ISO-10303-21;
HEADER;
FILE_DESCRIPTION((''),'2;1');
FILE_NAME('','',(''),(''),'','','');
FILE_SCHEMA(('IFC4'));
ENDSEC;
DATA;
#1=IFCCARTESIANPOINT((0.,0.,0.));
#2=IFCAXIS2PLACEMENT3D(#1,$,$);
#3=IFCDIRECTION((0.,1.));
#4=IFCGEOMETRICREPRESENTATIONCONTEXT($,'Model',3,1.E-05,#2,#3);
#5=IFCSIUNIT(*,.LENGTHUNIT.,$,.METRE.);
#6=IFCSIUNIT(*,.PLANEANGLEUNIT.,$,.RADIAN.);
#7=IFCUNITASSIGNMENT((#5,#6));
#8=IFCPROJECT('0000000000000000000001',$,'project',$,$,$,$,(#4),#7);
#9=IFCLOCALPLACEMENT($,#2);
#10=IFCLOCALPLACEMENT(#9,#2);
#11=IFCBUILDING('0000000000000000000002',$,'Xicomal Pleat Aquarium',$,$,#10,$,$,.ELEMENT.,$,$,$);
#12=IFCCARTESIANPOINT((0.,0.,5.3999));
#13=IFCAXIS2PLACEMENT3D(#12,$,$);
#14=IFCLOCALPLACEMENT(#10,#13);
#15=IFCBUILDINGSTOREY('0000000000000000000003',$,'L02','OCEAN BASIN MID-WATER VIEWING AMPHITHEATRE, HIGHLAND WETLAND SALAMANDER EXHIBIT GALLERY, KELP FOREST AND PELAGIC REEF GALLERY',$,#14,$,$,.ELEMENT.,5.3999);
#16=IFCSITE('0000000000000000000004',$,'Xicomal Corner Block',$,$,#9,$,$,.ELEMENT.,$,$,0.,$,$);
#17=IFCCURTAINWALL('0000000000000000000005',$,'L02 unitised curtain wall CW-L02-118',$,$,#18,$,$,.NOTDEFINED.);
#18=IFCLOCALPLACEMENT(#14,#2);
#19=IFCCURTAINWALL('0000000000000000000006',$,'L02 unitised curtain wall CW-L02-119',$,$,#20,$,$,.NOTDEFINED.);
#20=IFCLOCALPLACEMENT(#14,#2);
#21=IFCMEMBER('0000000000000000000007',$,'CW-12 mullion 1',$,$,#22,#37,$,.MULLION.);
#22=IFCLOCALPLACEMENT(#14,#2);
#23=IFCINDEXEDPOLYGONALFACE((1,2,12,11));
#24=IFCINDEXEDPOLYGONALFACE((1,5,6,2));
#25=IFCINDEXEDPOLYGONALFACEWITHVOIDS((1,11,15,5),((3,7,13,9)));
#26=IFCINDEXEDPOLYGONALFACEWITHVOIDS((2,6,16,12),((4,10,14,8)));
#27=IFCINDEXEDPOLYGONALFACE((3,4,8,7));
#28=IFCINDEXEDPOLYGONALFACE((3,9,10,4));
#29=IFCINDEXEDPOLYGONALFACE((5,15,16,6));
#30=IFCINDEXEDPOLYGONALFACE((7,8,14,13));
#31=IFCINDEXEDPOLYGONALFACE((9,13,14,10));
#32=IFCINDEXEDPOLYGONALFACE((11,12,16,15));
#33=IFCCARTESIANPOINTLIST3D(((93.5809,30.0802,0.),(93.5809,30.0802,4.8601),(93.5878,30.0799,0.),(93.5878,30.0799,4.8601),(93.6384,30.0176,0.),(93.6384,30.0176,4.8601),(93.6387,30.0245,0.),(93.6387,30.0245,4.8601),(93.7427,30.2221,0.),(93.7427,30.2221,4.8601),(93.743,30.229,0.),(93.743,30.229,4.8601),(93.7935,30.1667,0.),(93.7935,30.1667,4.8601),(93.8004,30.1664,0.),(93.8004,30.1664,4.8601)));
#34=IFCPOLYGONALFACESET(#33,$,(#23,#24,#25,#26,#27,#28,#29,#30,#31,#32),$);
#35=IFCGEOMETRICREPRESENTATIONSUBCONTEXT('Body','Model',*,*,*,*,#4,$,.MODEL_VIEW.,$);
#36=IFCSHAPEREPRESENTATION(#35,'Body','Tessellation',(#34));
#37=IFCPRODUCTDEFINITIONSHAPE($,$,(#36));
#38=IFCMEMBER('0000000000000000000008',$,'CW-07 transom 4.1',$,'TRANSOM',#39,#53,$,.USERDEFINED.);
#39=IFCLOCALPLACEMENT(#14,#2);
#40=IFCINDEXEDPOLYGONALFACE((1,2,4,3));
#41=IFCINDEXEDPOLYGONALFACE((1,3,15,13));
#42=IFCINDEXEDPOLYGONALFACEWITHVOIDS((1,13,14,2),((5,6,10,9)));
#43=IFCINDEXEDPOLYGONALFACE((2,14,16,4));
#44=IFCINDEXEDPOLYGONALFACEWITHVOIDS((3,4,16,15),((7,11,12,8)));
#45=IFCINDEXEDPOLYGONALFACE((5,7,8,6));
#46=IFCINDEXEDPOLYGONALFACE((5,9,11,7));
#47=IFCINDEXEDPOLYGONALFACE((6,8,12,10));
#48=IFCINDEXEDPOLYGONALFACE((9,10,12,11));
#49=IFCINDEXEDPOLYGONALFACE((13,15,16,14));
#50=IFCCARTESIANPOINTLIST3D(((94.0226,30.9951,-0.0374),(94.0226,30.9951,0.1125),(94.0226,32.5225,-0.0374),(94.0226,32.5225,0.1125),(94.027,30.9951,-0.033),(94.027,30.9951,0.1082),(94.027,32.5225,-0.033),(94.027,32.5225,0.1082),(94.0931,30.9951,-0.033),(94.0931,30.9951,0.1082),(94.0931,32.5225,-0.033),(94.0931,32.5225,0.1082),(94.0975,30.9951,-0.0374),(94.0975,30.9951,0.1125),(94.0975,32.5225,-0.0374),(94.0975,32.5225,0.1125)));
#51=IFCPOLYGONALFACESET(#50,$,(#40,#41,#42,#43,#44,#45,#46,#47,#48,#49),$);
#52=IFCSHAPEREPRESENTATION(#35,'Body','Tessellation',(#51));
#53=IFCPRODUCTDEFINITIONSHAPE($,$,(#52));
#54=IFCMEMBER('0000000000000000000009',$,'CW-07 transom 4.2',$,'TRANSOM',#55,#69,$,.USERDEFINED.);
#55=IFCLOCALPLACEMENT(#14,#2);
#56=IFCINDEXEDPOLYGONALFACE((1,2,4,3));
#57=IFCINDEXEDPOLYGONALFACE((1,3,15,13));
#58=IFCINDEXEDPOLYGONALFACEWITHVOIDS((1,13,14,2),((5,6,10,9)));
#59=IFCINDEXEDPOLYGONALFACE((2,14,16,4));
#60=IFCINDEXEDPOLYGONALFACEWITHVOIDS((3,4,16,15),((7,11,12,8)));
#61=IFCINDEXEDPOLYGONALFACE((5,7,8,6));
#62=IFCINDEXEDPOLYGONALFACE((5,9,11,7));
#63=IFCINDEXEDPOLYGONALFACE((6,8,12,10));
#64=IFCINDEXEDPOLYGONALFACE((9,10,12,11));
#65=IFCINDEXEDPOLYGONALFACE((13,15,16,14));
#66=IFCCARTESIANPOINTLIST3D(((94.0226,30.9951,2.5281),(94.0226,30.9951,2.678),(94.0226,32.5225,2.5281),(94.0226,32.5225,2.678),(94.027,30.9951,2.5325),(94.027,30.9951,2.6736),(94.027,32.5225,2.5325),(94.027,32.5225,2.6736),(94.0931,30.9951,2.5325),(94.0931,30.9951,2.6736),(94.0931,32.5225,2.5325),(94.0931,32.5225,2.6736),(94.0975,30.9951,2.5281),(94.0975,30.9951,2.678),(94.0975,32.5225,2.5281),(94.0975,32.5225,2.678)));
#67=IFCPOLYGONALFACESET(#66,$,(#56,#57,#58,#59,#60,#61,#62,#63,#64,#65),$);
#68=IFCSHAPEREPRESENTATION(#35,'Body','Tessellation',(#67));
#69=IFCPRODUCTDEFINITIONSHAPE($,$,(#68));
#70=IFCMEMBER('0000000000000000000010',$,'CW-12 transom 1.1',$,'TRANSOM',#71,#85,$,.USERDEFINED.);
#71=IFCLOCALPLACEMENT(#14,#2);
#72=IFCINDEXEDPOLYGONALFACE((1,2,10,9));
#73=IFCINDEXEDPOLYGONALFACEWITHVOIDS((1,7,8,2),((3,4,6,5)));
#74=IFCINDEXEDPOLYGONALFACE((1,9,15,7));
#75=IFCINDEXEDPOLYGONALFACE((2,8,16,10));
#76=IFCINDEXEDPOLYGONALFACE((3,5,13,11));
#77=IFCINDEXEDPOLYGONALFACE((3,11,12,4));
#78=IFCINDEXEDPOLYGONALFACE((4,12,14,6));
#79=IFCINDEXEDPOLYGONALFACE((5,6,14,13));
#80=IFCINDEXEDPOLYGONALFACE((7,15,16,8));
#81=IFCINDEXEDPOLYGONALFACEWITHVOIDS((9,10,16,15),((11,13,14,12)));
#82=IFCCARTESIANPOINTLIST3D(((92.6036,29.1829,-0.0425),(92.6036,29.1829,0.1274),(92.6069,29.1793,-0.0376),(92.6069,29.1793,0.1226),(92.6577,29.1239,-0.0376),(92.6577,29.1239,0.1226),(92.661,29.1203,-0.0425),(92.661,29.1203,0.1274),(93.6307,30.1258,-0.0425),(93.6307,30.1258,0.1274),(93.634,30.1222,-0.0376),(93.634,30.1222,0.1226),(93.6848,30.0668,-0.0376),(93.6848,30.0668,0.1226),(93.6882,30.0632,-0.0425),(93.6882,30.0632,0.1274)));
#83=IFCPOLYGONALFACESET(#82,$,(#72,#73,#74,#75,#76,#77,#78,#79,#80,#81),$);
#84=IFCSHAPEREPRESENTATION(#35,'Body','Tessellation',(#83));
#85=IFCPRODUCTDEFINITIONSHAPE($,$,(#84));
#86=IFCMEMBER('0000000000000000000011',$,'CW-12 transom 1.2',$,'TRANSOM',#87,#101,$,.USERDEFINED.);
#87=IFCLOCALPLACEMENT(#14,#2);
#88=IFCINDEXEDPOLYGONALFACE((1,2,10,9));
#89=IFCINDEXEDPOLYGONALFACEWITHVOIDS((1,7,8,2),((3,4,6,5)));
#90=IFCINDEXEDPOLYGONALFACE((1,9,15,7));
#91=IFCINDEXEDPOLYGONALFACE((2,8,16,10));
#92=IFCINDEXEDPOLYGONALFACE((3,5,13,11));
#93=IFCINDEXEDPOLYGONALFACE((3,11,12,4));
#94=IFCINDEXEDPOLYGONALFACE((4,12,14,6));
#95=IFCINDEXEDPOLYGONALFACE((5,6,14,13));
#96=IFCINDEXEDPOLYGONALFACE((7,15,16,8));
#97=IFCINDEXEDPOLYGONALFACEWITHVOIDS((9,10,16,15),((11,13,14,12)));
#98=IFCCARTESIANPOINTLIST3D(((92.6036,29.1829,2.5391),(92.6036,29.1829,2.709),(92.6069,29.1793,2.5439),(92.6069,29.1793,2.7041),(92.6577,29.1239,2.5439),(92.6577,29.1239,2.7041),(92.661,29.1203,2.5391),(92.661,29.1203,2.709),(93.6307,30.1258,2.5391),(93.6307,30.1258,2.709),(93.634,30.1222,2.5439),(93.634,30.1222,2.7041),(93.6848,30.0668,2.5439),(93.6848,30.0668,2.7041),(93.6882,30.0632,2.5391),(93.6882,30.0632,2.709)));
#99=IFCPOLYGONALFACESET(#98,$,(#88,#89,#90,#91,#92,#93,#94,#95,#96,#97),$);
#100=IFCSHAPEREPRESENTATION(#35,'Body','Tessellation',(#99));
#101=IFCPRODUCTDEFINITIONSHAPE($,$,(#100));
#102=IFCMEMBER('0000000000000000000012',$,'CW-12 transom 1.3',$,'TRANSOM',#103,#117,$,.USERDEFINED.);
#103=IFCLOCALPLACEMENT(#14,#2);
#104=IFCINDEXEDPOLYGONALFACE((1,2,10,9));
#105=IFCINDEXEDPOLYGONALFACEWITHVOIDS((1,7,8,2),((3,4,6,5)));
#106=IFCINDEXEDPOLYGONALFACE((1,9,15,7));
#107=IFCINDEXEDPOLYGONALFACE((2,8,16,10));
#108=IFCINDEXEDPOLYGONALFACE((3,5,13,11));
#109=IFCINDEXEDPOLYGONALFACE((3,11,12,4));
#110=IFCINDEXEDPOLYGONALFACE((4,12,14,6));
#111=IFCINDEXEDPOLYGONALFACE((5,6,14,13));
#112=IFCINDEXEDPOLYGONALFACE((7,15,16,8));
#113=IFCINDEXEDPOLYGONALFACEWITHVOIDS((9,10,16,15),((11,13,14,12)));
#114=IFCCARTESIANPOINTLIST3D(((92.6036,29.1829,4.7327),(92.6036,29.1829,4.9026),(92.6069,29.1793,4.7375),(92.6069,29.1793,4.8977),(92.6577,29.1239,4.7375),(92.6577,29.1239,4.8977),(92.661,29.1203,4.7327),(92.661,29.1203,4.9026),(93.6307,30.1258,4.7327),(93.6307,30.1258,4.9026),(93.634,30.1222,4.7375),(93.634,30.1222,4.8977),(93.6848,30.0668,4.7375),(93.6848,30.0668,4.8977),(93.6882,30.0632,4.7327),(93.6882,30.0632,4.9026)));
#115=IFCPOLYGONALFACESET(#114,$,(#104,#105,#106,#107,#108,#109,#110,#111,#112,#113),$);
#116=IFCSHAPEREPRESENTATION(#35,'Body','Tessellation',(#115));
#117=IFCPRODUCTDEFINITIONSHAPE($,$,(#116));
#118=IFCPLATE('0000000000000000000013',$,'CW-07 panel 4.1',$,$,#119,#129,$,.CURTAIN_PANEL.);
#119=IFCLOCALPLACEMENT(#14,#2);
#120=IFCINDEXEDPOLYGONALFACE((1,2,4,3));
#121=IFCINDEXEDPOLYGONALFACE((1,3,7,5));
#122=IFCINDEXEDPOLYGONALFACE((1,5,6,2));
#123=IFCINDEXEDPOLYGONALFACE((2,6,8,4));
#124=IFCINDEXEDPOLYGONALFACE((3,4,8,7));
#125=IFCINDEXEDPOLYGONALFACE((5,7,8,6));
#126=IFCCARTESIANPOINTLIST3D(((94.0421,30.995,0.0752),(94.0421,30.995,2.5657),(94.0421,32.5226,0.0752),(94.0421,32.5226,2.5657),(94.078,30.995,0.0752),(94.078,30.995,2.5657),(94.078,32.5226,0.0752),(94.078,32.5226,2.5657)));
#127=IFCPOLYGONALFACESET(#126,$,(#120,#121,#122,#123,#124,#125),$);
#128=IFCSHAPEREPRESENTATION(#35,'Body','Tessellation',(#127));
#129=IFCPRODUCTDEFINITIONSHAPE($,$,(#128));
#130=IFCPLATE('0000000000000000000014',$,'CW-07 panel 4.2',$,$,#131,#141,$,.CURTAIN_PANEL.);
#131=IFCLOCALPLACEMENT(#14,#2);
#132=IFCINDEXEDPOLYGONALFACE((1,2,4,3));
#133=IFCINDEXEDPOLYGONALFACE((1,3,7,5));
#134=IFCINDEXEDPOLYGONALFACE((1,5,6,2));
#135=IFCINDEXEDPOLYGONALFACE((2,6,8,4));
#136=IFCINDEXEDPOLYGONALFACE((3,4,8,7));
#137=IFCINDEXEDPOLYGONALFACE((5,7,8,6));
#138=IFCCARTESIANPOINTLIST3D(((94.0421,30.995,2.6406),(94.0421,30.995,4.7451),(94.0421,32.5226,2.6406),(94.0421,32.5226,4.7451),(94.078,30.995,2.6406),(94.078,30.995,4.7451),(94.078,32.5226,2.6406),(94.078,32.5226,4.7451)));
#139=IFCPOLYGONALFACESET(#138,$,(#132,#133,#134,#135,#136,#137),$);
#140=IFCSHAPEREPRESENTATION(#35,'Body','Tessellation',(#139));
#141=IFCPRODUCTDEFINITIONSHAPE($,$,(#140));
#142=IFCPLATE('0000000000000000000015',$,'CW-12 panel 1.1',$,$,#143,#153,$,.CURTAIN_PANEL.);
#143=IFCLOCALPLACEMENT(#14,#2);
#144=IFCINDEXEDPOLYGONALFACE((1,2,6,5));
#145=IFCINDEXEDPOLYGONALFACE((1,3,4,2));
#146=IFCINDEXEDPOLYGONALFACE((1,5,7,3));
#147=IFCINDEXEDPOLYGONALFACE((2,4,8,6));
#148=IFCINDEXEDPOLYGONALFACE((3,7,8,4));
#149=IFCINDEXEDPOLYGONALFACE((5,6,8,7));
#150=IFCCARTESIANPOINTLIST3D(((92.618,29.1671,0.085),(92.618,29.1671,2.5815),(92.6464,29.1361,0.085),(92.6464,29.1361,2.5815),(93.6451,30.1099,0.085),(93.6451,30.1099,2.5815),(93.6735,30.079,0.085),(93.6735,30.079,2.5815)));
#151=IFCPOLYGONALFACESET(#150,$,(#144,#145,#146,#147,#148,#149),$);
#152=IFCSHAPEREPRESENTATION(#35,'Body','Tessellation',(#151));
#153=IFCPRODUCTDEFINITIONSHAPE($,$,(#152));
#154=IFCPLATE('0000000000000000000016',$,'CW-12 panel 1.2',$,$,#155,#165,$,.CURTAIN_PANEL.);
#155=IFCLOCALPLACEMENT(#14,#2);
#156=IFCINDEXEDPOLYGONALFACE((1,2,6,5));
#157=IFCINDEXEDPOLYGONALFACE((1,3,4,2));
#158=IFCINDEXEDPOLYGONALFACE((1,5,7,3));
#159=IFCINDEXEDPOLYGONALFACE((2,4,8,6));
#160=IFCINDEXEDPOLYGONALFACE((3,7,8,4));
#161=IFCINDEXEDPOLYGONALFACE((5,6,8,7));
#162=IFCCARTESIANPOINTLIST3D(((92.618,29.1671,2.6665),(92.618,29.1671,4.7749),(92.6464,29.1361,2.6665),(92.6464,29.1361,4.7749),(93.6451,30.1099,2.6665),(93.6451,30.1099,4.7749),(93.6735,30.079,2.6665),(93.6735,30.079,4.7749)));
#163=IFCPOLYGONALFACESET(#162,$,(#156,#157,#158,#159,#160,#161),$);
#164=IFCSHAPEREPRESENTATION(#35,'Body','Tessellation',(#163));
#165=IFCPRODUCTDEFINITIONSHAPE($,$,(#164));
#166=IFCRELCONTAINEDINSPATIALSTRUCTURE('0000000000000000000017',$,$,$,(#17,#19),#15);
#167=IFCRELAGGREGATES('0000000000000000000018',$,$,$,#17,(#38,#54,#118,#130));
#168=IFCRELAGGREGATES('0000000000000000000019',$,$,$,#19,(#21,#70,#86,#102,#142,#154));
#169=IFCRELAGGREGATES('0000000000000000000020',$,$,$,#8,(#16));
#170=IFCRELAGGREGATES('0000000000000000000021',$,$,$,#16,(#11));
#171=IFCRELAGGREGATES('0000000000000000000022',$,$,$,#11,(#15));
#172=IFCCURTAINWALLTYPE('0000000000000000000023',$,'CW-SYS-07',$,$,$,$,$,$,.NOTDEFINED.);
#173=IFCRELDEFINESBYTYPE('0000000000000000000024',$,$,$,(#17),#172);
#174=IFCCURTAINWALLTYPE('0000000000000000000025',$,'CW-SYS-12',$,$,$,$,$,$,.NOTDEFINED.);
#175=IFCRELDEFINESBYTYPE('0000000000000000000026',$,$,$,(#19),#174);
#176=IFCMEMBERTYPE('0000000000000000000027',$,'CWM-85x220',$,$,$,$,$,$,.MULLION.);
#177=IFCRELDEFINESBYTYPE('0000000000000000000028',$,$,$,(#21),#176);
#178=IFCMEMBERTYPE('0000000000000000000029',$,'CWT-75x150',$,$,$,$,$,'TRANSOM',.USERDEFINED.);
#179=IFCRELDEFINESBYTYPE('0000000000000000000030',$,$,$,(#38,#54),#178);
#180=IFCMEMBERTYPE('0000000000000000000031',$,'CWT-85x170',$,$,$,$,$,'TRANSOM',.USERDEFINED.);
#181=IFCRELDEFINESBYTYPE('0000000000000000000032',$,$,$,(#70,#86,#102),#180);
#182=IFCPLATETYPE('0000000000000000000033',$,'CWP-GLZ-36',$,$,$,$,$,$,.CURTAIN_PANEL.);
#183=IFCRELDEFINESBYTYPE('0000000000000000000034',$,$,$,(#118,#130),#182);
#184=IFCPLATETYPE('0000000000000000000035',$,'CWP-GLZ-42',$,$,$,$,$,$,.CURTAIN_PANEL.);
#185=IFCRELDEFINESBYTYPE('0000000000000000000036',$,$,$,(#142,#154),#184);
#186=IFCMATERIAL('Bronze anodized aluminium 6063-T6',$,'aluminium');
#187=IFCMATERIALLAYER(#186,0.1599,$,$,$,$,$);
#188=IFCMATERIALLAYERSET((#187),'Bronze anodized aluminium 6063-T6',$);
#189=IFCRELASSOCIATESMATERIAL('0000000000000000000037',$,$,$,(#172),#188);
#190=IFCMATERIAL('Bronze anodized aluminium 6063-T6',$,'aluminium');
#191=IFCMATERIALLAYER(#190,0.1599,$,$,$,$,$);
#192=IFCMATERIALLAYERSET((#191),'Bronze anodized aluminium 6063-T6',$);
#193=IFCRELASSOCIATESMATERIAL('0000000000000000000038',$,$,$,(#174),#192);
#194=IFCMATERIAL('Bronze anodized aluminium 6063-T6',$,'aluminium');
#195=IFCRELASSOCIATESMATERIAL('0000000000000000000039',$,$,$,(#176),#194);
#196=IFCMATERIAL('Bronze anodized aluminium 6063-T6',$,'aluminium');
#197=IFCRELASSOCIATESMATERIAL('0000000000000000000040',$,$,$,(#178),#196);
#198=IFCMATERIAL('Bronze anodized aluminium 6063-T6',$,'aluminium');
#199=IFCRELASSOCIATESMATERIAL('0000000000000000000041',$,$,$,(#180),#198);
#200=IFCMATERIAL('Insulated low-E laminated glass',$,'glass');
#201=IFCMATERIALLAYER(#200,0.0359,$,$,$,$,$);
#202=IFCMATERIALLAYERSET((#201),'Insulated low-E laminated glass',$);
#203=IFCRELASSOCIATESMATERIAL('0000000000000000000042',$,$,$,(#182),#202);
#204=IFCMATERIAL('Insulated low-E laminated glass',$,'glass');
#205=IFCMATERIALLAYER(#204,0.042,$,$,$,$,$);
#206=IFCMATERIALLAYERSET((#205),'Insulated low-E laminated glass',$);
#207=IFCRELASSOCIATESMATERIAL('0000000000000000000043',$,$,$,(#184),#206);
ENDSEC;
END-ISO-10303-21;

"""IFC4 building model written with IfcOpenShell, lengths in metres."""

from ifc_helpers import new_model, si_unit, direction, frame, origin, origin_2d, place, context, subcontext, project, spatial, rectangle, hollow_rectangle, extrude, material, layer, layer_set, material_profile, profile_set, type_object, element, aggregate, save


model = new_model("IFC4")

# Units and contexts
model_context = context("Model", 3, precision=1e-05, world=origin(), true_north=direction((0.0, 1.0)))
body_context = subcontext(model_context, "Body", "Model", "MODEL_VIEW")
ifc_project = project(units=[si_unit("LENGTHUNIT", "METRE"), si_unit("PLANEANGLEUNIT", "RADIAN")], contexts=[model_context])

# Site, building, storey
site_placement = place(None, origin())
site = spatial("IfcSite", under=ifc_project, at=site_placement, Name="Xicomal Corner Block", CompositionType="ELEMENT", RefElevation=0.0)
building_placement = place(site_placement, origin())
building = spatial("IfcBuilding", under=site, at=building_placement, Name="Xicomal Pleat Aquarium", CompositionType="ELEMENT")
storey_placement = place(building_placement, frame((0.0, 0.0, 5.3999)))
storey = spatial("IfcBuildingStorey", under=building, at=storey_placement, Name="L02", Description="OCEAN BASIN MID-WATER VIEWING AMPHITHEATRE, HIGHLAND WETLAND SALAMANDER EXHIBIT GALLERY, KELP FOREST AND PELAGIC REEF GALLERY", CompositionType="ELEMENT", Elevation=5.3999)

# Curtain walls, member
ifc_material_1 = material(Name="Bronze anodized aluminium 6063-T6", Category="aluminium")
ifc_layer_1 = layer(ifc_material_1, 0.1599)
ifc_layer_set_1 = layer_set([ifc_layer_1], Name="Bronze anodized aluminium 6063-T6")
curtain_wall_type_1 = type_object("IfcCurtainWallType", Name="CW-SYS-07", PredefinedType="NOTDEFINED", material=ifc_layer_set_1)
curtain_wall_1_placement = place(storey_placement, origin())
curtain_wall_1 = element("IfcCurtainWall", 1, at=curtain_wall_1_placement, inside=storey, type_object=curtain_wall_type_1, Name="L02 unitised curtain wall CW-L02-118", PredefinedType="NOTDEFINED")
ifc_material_2 = material(Name="Bronze anodized aluminium 6063-T6", Category="aluminium")
ifc_layer_2 = layer(ifc_material_2, 0.1599)
ifc_layer_set_2 = layer_set([ifc_layer_2], Name="Bronze anodized aluminium 6063-T6")
curtain_wall_type_2 = type_object("IfcCurtainWallType", Name="CW-SYS-12", PredefinedType="NOTDEFINED", material=ifc_layer_set_2)
curtain_wall_2_placement = place(storey_placement, origin())
curtain_wall_2 = element("IfcCurtainWall", 2, at=curtain_wall_2_placement, inside=storey, type_object=curtain_wall_type_2, Name="L02 unitised curtain wall CW-L02-119", PredefinedType="NOTDEFINED")
ifc_material_3 = material(Name="Bronze anodized aluminium 6063-T6", Category="aluminium")
ifc_material_profile_1 = material_profile(ifc_material_3, hollow_rectangle(XDim=0.085, YDim=0.22, WallThickness=0.0049, at=origin_2d()), Name="ALU MULL 85x220")
ifc_profile_set_1 = profile_set([ifc_material_profile_1], Name="Bronze anodized aluminium 6063-T6")
member_type_1 = type_object("IfcMemberType", Name="CWM-85x220", PredefinedType="MULLION", material=ifc_profile_set_1)
member_1_placement = place(storey_placement, frame((93.6907, 30.1233, 0.0), z_axis=(0.0, 0.0, 1.0), x_axis=(0.67623, -0.73669, 0.0)))
member_1 = element("IfcMember", 3, at=member_1_placement, type_object=member_type_1, Name="CW-12 mullion 1", PredefinedType="MULLION", context=body_context, shape_type="SweptSolid", body=[
    extrude(hollow_rectangle(XDim=0.085, YDim=0.22, WallThickness=0.0049, at=origin_2d()), origin(), (0.0, 0.0, 1.0), 4.8601),
])

# Members
ifc_material_4 = material(Name="Bronze anodized aluminium 6063-T6", Category="aluminium")
ifc_material_profile_2 = material_profile(ifc_material_4, hollow_rectangle(XDim=0.075, YDim=0.1499, WallThickness=0.0044, at=origin_2d()), Name="ALU TRAN 75x150")
ifc_profile_set_2 = profile_set([ifc_material_profile_2], Name="Bronze anodized aluminium 6063-T6")
member_type_2 = type_object("IfcMemberType", Name="CWT-75x150", ElementType="TRANSOM", PredefinedType="USERDEFINED", material=ifc_profile_set_2)
member_2_placement = place(storey_placement, frame((94.0601, 32.5225, 0.0376), z_axis=(0.0, -1.0, 0.0), x_axis=(1.0, 0.0, 0.0)))
member_2 = element("IfcMember", 4, at=member_2_placement, type_object=member_type_2, Name="CW-07 transom 4.1", ObjectType="TRANSOM", PredefinedType="USERDEFINED", context=body_context, shape_type="SweptSolid", body=[
    extrude(hollow_rectangle(XDim=0.075, YDim=0.1499, WallThickness=0.0044, at=origin_2d()), origin(), (0.0, 0.0, 1.0), 1.5273),
])
member_3_placement = place(storey_placement, frame((94.0601, 32.5225, 2.603), z_axis=(0.0, -1.0, 0.0), x_axis=(1.0, 0.0, 0.0)))
member_3 = element("IfcMember", 5, at=member_3_placement, type_object=member_type_2, Name="CW-07 transom 4.2", ObjectType="TRANSOM", PredefinedType="USERDEFINED", context=body_context, shape_type="SweptSolid", body=[
    extrude(hollow_rectangle(XDim=0.075, YDim=0.1499, WallThickness=0.0044, at=origin_2d()), origin(), (0.0, 0.0, 1.0), 1.5273),
])
ifc_material_5 = material(Name="Bronze anodized aluminium 6063-T6", Category="aluminium")
ifc_material_profile_3 = material_profile(ifc_material_5, hollow_rectangle(XDim=0.085, YDim=0.1699, WallThickness=0.0049, at=origin_2d()), Name="ALU TRAN 85x170")
ifc_profile_set_3 = profile_set([ifc_material_profile_3], Name="Bronze anodized aluminium 6063-T6")
member_type_3 = type_object("IfcMemberType", Name="CWT-85x170", ElementType="TRANSOM", PredefinedType="USERDEFINED", material=ifc_profile_set_3)
member_4_placement = place(storey_placement, frame((93.6594, 30.0945, 0.0425), z_axis=(-0.736667, -0.676256, 0.0), x_axis=(0.676256, -0.736667, 0.0)))
member_4 = element("IfcMember", 6, at=member_4_placement, type_object=member_type_3, Name="CW-12 transom 1.1", ObjectType="TRANSOM", PredefinedType="USERDEFINED", context=body_context, shape_type="SweptSolid", body=[
    extrude(hollow_rectangle(XDim=0.085, YDim=0.1699, WallThickness=0.0049, at=origin_2d()), origin(), (0.0, 0.0, 1.0), 1.3943),
])
member_5_placement = place(storey_placement, frame((93.6594, 30.0945, 2.624), z_axis=(-0.736667, -0.676256, 0.0), x_axis=(0.676256, -0.736667, 0.0)))
member_5 = element("IfcMember", 7, at=member_5_placement, type_object=member_type_3, Name="CW-12 transom 1.2", ObjectType="TRANSOM", PredefinedType="USERDEFINED", context=body_context, shape_type="SweptSolid", body=[
    extrude(hollow_rectangle(XDim=0.085, YDim=0.1699, WallThickness=0.0049, at=origin_2d()), origin(), (0.0, 0.0, 1.0), 1.3943),
])
member_6_placement = place(storey_placement, frame((93.6594, 30.0945, 4.8176), z_axis=(-0.736667, -0.676256, 0.0), x_axis=(0.676256, -0.736667, 0.0)))
member_6 = element("IfcMember", 8, at=member_6_placement, type_object=member_type_3, Name="CW-12 transom 1.3", ObjectType="TRANSOM", PredefinedType="USERDEFINED", context=body_context, shape_type="SweptSolid", body=[
    extrude(hollow_rectangle(XDim=0.085, YDim=0.1699, WallThickness=0.0049, at=origin_2d()), origin(), (0.0, 0.0, 1.0), 1.3943),
])

# Plates
ifc_material_6 = material(Name="Insulated low-E laminated glass", Category="glass")
ifc_layer_3 = layer(ifc_material_6, 0.0359)
ifc_layer_set_3 = layer_set([ifc_layer_3], Name="Insulated low-E laminated glass")
plate_type_1 = type_object("IfcPlateType", Name="CWP-GLZ-36", PredefinedType="CURTAIN_PANEL", material=ifc_layer_set_3)
plate_1_placement = place(storey_placement, frame((94.0601, 31.7588, 0.0752), z_axis=(0.0, 0.0, 1.0), x_axis=(0.0, -1.0, 0.0)))
plate_1 = element("IfcPlate", 9, at=plate_1_placement, type_object=plate_type_1, Name="CW-07 panel 4.1", PredefinedType="CURTAIN_PANEL", context=body_context, shape_type="SweptSolid", body=[
    extrude(rectangle(XDim=1.5276, YDim=0.0359, at=origin_2d()), origin(), (0.0, 0.0, 1.0), 2.4905),
])
plate_2_placement = place(storey_placement, frame((94.0601, 31.7588, 2.6406), z_axis=(0.0, 0.0, 1.0), x_axis=(0.0, -1.0, 0.0)))
plate_2 = element("IfcPlate", 10, at=plate_2_placement, type_object=plate_type_1, Name="CW-07 panel 4.2", PredefinedType="CURTAIN_PANEL", context=body_context, shape_type="SweptSolid", body=[
    extrude(rectangle(XDim=1.5276, YDim=0.0359, at=origin_2d()), origin(), (0.0, 0.0, 1.0), 2.1045),
])
aggregate(curtain_wall_1, [member_2, member_3, plate_1, plate_2])
ifc_material_7 = material(Name="Insulated low-E laminated glass", Category="glass")
ifc_layer_4 = layer(ifc_material_7, 0.042)
ifc_layer_set_4 = layer_set([ifc_layer_4], Name="Insulated low-E laminated glass")
plate_type_2 = type_object("IfcPlateType", Name="CWP-GLZ-42", PredefinedType="CURTAIN_PANEL", material=ifc_layer_set_4)
plate_3_placement = place(storey_placement, frame((93.1458, 29.623, 0.085), z_axis=(0.0, 0.0, 1.0), x_axis=(-0.73669, -0.67623, 0.0)))
plate_3 = element("IfcPlate", 11, at=plate_3_placement, type_object=plate_type_2, Name="CW-12 panel 1.1", PredefinedType="CURTAIN_PANEL", context=body_context, shape_type="SweptSolid", body=[
    extrude(rectangle(XDim=1.3943, YDim=0.042, at=origin_2d()), origin(), (0.0, 0.0, 1.0), 2.4966),
])
plate_4_placement = place(storey_placement, frame((93.1458, 29.623, 2.6665), z_axis=(0.0, 0.0, 1.0), x_axis=(-0.73669, -0.67623, 0.0)))
plate_4 = element("IfcPlate", 12, at=plate_4_placement, type_object=plate_type_2, Name="CW-12 panel 1.2", PredefinedType="CURTAIN_PANEL", context=body_context, shape_type="SweptSolid", body=[
    extrude(rectangle(XDim=1.3943, YDim=0.042, at=origin_2d()), origin(), (0.0, 0.0, 1.0), 2.1084),
])
aggregate(curtain_wall_2, [member_1, member_4, member_5, member_6, plate_3, plate_4])

save(model, "model.ifc")
